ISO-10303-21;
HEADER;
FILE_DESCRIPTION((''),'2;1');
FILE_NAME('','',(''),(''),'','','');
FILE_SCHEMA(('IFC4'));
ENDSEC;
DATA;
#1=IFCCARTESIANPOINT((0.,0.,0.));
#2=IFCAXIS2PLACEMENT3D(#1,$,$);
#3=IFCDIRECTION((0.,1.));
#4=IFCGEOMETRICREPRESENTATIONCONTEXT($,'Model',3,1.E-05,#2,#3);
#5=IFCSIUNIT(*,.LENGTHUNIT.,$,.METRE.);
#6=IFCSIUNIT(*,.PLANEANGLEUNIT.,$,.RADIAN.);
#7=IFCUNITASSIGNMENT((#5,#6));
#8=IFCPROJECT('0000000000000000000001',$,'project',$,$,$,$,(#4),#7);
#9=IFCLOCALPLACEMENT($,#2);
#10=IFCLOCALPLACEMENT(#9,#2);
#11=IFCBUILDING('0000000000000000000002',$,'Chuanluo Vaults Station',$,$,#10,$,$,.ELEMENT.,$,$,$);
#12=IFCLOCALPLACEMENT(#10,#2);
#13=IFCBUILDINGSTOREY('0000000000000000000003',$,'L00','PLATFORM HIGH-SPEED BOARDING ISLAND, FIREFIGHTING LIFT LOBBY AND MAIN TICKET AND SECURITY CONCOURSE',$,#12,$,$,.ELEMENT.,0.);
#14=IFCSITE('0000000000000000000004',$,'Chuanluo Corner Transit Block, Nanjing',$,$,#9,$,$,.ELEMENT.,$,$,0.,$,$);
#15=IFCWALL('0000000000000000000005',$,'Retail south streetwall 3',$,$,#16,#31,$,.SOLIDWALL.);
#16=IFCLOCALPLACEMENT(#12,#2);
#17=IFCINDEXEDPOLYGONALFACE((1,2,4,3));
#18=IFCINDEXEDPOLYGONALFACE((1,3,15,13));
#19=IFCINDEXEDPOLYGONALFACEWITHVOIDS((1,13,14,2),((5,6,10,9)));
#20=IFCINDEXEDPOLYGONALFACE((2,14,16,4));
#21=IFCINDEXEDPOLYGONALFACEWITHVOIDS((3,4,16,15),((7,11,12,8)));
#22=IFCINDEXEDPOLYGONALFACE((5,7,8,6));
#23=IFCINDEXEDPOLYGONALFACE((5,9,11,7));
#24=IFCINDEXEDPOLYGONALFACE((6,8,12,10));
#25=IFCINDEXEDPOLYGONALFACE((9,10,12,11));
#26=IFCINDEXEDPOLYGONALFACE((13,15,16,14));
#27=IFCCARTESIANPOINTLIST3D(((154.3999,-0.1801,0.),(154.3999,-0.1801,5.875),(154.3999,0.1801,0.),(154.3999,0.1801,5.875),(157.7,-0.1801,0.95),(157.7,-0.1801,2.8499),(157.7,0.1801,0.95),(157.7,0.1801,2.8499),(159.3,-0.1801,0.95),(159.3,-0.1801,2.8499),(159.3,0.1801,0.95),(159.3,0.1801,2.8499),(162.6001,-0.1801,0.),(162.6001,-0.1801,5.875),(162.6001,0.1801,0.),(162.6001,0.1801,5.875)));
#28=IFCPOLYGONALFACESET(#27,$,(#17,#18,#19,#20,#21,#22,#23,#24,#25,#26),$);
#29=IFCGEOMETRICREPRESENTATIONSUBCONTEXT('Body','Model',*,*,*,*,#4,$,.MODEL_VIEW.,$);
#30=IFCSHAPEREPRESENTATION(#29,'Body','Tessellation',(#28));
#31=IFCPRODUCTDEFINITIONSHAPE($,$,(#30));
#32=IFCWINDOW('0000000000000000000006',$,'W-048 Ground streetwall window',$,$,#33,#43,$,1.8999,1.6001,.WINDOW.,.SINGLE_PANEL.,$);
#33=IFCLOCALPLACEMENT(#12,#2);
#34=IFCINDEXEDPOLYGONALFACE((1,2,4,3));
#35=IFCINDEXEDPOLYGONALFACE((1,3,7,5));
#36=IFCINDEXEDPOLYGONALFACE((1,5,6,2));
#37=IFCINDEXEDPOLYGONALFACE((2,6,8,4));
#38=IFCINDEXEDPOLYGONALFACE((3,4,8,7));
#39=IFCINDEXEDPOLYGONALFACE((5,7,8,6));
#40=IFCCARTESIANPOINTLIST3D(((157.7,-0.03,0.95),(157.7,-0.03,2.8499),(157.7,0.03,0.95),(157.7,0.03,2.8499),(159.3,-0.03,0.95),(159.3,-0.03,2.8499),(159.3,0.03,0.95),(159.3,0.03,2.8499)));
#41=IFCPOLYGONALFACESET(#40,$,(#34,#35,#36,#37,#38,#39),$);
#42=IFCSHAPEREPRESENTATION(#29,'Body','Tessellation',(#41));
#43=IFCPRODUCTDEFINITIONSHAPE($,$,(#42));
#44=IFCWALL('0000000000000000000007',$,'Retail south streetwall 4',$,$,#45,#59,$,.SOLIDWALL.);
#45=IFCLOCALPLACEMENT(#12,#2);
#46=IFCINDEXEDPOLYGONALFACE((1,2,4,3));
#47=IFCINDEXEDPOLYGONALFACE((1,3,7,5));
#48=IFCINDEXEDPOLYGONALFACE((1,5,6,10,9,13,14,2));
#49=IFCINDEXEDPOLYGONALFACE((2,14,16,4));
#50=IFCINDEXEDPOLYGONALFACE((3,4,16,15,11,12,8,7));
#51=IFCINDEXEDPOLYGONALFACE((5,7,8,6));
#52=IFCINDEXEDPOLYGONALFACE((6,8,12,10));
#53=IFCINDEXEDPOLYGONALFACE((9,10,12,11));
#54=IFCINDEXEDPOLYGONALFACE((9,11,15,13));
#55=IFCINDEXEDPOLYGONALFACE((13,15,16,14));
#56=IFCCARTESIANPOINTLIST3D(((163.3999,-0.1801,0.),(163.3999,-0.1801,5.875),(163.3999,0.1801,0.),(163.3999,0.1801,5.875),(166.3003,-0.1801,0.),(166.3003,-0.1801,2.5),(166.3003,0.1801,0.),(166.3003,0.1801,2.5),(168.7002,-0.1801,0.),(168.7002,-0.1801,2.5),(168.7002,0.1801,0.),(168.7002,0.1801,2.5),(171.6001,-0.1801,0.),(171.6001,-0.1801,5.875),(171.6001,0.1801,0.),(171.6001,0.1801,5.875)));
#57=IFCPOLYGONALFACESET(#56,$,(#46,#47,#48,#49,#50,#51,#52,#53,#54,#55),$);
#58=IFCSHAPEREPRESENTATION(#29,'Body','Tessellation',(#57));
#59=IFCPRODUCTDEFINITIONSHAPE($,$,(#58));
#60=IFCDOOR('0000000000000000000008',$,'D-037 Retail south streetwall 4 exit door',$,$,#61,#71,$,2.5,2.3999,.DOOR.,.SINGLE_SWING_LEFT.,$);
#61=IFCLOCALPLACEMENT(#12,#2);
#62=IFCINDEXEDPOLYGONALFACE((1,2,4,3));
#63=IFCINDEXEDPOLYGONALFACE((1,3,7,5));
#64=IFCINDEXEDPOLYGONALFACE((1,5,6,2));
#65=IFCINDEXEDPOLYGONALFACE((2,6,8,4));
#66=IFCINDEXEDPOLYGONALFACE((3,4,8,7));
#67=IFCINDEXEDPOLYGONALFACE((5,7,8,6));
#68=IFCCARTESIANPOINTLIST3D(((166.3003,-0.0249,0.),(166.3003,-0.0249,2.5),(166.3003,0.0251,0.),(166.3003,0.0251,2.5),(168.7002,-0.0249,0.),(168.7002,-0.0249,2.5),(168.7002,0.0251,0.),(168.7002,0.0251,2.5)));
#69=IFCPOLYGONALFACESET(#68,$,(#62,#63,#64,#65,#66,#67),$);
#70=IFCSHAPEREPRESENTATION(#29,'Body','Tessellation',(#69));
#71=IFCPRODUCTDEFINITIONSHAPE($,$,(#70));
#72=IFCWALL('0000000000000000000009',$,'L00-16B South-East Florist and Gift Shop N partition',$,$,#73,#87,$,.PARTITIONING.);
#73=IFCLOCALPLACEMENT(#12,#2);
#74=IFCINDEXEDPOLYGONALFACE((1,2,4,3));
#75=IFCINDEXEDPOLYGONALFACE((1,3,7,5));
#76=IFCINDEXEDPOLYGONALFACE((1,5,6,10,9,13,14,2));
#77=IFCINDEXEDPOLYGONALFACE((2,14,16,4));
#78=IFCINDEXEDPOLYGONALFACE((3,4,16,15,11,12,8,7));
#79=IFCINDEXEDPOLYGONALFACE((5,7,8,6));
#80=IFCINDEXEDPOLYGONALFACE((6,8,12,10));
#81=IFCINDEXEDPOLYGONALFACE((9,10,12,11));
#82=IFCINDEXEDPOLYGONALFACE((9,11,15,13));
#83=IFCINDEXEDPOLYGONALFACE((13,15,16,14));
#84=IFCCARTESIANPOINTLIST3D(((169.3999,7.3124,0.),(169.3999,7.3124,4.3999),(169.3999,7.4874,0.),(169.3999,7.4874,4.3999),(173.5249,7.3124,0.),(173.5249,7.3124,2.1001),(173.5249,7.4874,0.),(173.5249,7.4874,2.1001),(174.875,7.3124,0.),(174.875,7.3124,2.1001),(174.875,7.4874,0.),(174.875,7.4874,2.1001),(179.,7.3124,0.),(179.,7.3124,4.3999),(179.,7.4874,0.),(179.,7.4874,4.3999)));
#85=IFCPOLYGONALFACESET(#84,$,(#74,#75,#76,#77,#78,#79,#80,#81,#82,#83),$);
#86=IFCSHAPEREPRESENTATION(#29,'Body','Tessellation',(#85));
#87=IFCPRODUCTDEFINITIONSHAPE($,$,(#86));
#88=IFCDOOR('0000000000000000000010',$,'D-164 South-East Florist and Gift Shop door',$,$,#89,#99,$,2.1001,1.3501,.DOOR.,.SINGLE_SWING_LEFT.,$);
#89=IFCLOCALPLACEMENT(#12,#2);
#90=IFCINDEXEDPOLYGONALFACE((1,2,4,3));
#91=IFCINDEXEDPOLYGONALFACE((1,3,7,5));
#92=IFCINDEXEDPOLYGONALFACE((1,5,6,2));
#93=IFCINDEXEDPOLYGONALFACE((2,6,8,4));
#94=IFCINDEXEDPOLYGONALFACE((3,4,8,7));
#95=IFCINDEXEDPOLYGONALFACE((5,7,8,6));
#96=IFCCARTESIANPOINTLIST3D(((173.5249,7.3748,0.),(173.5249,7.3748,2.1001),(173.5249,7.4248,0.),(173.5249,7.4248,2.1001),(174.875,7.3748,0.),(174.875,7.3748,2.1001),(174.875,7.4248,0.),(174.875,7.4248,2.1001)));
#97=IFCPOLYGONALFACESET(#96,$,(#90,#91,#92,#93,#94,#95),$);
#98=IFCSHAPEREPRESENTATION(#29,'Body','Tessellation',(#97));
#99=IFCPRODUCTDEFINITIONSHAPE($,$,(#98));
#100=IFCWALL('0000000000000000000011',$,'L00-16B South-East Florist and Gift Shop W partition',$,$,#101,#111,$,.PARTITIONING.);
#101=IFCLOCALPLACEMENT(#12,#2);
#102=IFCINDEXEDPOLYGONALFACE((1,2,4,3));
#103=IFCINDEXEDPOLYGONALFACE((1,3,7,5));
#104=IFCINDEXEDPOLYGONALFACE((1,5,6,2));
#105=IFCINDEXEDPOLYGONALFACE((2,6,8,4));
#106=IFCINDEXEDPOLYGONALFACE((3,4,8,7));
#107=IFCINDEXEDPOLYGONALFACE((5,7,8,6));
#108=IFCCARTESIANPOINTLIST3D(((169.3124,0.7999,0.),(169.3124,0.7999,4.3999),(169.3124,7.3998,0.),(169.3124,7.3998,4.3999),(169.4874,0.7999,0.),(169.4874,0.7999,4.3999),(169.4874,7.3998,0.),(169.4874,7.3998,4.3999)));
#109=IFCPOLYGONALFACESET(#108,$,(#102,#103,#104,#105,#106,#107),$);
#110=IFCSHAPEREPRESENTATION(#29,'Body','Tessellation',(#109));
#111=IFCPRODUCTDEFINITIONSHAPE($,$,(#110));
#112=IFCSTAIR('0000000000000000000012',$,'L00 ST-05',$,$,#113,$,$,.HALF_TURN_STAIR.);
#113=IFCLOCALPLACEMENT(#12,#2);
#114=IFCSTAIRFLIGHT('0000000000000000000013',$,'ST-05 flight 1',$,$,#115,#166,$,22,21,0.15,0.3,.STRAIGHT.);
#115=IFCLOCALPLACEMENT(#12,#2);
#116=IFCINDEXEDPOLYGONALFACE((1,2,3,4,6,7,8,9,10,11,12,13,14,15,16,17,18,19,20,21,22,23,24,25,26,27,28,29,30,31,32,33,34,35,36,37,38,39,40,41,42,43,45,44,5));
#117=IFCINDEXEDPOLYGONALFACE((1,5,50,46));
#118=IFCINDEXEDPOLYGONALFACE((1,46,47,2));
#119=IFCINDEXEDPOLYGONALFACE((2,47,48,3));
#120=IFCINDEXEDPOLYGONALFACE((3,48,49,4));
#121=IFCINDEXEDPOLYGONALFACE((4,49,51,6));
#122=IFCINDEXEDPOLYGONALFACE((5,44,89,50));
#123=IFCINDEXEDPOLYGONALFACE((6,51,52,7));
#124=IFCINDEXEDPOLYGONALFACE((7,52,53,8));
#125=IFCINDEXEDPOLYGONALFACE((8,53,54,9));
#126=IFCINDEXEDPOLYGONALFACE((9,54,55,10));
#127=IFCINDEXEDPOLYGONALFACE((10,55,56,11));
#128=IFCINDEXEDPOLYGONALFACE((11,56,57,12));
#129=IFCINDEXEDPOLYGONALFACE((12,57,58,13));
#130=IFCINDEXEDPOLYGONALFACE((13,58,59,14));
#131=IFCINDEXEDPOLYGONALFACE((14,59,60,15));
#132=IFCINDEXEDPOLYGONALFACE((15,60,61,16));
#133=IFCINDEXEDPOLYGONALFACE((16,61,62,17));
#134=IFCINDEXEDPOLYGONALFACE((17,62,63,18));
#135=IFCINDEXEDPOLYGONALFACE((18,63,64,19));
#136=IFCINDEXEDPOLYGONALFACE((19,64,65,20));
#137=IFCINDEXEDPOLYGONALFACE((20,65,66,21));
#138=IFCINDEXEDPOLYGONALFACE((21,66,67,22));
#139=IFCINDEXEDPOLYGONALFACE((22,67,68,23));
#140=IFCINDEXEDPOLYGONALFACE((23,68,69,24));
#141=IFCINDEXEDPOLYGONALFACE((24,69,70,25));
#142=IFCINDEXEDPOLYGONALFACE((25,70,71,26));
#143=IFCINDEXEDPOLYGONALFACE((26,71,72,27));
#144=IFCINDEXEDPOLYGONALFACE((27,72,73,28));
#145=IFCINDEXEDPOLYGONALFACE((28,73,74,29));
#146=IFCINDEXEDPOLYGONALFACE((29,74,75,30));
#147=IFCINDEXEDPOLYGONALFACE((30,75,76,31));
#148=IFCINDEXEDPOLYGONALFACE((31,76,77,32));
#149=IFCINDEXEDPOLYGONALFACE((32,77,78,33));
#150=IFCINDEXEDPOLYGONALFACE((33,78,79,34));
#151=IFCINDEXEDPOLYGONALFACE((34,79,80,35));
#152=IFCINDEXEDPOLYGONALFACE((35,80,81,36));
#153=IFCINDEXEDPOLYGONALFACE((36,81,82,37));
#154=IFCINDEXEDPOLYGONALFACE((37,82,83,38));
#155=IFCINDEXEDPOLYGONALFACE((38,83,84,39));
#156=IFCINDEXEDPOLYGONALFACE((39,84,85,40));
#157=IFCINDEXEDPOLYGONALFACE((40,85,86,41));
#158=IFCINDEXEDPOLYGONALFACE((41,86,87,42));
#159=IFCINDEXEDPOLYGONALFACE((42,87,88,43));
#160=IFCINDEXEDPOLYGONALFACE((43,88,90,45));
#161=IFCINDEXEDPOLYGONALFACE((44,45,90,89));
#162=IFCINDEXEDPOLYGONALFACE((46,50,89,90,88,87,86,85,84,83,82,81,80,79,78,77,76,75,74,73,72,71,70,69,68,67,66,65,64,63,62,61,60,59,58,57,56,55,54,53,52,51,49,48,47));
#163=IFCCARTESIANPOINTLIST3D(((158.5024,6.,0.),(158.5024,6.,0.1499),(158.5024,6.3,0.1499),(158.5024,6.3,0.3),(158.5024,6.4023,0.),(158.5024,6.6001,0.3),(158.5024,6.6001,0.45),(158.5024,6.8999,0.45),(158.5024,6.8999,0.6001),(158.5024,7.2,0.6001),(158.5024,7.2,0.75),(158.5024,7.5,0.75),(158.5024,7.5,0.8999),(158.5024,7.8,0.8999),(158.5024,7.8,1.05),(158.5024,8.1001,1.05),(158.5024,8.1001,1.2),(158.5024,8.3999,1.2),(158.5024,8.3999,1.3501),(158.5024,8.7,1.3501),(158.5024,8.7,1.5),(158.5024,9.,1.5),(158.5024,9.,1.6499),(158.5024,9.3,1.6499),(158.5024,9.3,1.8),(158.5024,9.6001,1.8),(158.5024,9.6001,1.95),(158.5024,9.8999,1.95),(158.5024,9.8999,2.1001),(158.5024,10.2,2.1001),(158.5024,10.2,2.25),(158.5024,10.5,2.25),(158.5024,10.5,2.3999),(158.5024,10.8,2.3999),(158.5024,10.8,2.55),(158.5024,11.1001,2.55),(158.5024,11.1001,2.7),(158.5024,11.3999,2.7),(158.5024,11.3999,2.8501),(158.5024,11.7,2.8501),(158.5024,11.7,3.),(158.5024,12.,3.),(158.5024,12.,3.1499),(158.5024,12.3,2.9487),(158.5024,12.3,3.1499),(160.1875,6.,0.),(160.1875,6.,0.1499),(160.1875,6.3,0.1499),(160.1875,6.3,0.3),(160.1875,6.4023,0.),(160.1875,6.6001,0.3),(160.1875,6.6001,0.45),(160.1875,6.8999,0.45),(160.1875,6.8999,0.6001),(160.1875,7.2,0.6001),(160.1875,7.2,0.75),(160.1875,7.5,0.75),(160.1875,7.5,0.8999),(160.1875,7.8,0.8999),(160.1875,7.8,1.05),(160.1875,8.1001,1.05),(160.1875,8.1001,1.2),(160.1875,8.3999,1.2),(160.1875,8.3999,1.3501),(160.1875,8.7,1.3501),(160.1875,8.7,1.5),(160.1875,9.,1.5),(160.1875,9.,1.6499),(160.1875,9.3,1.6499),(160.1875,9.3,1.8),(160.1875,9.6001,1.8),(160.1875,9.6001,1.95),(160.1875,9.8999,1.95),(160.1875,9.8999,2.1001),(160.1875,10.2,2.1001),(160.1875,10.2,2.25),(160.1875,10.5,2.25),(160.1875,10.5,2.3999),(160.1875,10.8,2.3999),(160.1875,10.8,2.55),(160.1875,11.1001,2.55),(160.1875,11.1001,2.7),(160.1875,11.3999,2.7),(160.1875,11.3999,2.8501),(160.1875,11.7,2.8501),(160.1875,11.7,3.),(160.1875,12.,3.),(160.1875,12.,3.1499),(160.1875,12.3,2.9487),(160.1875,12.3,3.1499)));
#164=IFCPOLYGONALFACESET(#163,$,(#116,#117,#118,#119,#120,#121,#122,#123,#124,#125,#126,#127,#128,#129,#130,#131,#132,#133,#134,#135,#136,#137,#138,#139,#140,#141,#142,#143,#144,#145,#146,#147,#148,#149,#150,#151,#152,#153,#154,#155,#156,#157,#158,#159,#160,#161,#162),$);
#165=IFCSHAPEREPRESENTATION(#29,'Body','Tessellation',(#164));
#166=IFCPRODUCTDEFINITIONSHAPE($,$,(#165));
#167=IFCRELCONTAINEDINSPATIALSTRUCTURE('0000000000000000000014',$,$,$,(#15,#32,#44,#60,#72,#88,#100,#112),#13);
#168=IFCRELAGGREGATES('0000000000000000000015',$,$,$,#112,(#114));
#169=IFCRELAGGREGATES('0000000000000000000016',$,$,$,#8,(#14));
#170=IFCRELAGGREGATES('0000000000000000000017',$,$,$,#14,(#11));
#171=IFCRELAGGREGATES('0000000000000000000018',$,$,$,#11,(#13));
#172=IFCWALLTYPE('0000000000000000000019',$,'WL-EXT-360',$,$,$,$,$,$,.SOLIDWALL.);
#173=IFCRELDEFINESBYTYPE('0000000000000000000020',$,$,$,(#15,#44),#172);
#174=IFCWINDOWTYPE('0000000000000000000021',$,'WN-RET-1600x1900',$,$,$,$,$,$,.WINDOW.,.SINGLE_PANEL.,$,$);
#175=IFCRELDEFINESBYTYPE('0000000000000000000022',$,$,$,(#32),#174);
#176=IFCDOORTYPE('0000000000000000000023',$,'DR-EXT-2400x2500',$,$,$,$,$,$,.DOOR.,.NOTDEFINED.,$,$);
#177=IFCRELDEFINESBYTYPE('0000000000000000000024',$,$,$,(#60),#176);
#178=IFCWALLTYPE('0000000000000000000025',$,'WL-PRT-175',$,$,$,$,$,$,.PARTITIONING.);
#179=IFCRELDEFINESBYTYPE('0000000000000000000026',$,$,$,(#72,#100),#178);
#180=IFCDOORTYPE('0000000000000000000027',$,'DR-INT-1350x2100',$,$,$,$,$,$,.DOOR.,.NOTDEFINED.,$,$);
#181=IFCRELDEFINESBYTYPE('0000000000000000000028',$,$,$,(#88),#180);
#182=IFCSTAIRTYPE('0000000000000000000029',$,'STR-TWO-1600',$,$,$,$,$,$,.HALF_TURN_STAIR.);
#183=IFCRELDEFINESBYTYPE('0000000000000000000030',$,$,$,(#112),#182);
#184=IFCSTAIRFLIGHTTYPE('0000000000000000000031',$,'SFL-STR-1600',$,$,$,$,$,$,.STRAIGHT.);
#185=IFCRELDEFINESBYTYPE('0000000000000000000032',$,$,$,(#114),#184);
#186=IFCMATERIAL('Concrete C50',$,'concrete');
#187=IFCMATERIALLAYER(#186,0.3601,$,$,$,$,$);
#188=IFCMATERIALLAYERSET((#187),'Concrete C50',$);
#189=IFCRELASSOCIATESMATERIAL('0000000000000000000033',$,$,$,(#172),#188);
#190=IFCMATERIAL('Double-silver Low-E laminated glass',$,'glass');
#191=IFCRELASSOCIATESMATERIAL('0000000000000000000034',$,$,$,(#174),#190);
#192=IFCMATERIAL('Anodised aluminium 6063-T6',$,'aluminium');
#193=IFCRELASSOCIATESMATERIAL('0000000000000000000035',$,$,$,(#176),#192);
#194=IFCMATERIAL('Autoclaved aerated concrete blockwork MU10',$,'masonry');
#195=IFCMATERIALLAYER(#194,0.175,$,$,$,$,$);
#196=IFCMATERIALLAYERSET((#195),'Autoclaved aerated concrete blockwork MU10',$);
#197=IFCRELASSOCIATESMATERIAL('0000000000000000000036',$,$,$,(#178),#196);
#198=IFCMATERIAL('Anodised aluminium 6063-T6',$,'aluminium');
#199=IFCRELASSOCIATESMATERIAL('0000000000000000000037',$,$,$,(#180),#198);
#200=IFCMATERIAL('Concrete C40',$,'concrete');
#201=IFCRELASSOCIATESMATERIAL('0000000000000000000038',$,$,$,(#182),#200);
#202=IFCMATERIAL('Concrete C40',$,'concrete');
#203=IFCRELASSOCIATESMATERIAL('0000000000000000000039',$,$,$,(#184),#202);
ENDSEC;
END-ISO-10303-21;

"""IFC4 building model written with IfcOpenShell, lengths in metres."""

from ifc_helpers import new_model, si_unit, direction, frame, frame_2d, origin, place, context, subcontext, project, spatial, polyline, rectangle, outline, extrude, material, layer, layer_set, type_object, element, fill, aggregate, save


model = new_model("IFC4")

# Units and contexts
model_context = context("Model", 3, precision=1e-05, world=origin(), true_north=direction((0.0, 1.0)))
body_context = subcontext(model_context, "Body", "Model", "MODEL_VIEW")
ifc_project = project(units=[si_unit("LENGTHUNIT", "METRE"), si_unit("PLANEANGLEUNIT", "RADIAN")], contexts=[model_context])

# Site, building, storey
site_placement = place(None, origin())
site = spatial("IfcSite", under=ifc_project, at=site_placement, Name="Chuanluo Corner Transit Block, Nanjing", CompositionType="ELEMENT", RefElevation=0.0)
building_placement = place(site_placement, origin())
building = spatial("IfcBuilding", under=site, at=building_placement, Name="Chuanluo Vaults Station", CompositionType="ELEMENT")
storey_placement = place(building_placement, origin())
storey = spatial("IfcBuildingStorey", under=building, at=storey_placement, Name="L00", Description="PLATFORM HIGH-SPEED BOARDING ISLAND, FIREFIGHTING LIFT LOBBY AND MAIN TICKET AND SECURITY CONCOURSE", CompositionType="ELEMENT", Elevation=0.0)

# Wall, opening, window
ifc_material_1 = material(Name="Concrete C50", Category="concrete")
ifc_layer_1 = layer(ifc_material_1, 0.3601)
ifc_layer_set_1 = layer_set([ifc_layer_1], Name="Concrete C50")
wall_type_1 = type_object("IfcWallType", Name="WL-EXT-360", PredefinedType="SOLIDWALL", material=ifc_layer_set_1)
wall_1_placement = place(storey_placement, frame((162.6001, 0.0, 0.0), z_axis=(0.0, 0.0, 1.0), x_axis=(-1.0, 0.0, 0.0)))
wall_1 = element("IfcWall", 1, at=wall_1_placement, inside=storey, type_object=wall_type_1, Name="Retail south streetwall 3", PredefinedType="SOLIDWALL", context=body_context, shape_type="SweptSolid", body=[
    extrude(rectangle(XDim=8.2002, YDim=0.3601, at=frame_2d((4.1001, 0.0))), origin(), (0.0, 0.0, 1.0), 5.875),
])
opening_1_placement = place(wall_1_placement, frame((3.3, 0.0, 0.95)))
opening_1 = element("IfcOpeningElement", 2, at=opening_1_placement, cuts=wall_1, PredefinedType="OPENING", context=body_context, shape_type="SweptSolid", body=[
    extrude(rectangle(XDim=1.6001, YDim=1.8999, at=frame_2d((0.8, 0.95))), frame((0.0, 0.1902, 0.0), z_axis=(0.0, -1.0, 0.0), x_axis=(1.0, 0.0, 0.0)), (0.0, 0.0, 1.0), 0.3801),
])
ifc_material_2 = material(Name="Double-silver Low-E laminated glass", Category="glass")
window_type = type_object("IfcWindowType", Name="WN-RET-1600x1900", PartitioningType="SINGLE_PANEL", PredefinedType="WINDOW", material=ifc_material_2)
window_placement = place(opening_1_placement, origin())
window = element("IfcWindow", 3, at=window_placement, inside=storey, type_object=window_type, Name="W-048 Ground streetwall window", OverallHeight=1.8999, OverallWidth=1.6001, PartitioningType="SINGLE_PANEL", PredefinedType="WINDOW", context=body_context, shape_type="SweptSolid", body=[
    extrude(rectangle(XDim=1.6001, YDim=1.8999, at=frame_2d((0.8, 0.95))), frame((0.0, 0.03, 0.0), z_axis=(0.0, -1.0, 0.0), x_axis=(1.0, 0.0, 0.0)), (0.0, 0.0, 1.0), 0.0601),
])
fill(opening_1, window)

# Walls, openings, doors
wall_2_placement = place(storey_placement, frame((171.6001, 0.0, 0.0), z_axis=(0.0, 0.0, 1.0), x_axis=(-1.0, 0.0, 0.0)))
wall_2 = element("IfcWall", 4, at=wall_2_placement, inside=storey, type_object=wall_type_1, Name="Retail south streetwall 4", PredefinedType="SOLIDWALL", context=body_context, shape_type="SweptSolid", body=[
    extrude(rectangle(XDim=8.2002, YDim=0.3601, at=frame_2d((4.1001, 0.0))), origin(), (0.0, 0.0, 1.0), 5.875),
])
opening_2_placement = place(wall_2_placement, frame((2.8999, 0.0, 0.0)))
opening_2 = element("IfcOpeningElement", 5, at=opening_2_placement, cuts=wall_2, PredefinedType="OPENING", context=body_context, shape_type="SweptSolid", body=[
    extrude(rectangle(XDim=2.3999, YDim=2.5, at=frame_2d((1.2, 1.25))), frame((0.0, 0.1902, 0.0), z_axis=(0.0, -1.0, 0.0), x_axis=(1.0, 0.0, 0.0)), (0.0, 0.0, 1.0), 0.3801),
])
ifc_material_3 = material(Name="Anodised aluminium 6063-T6", Category="aluminium")
door_type_1 = type_object("IfcDoorType", Name="DR-EXT-2400x2500", OperationType="NOTDEFINED", PredefinedType="DOOR", material=ifc_material_3)
door_1_placement = place(opening_2_placement, origin())
door_1 = element("IfcDoor", 6, at=door_1_placement, inside=storey, type_object=door_type_1, Name="D-037 Retail south streetwall 4 exit door", OperationType="SINGLE_SWING_LEFT", OverallHeight=2.5, OverallWidth=2.3999, PredefinedType="DOOR", context=body_context, shape_type="SweptSolid", body=[
    extrude(rectangle(XDim=2.3999, YDim=2.5, at=frame_2d((1.2, 1.25))), frame((0.0, 0.0249, 0.0), z_axis=(0.0, -1.0, 0.0), x_axis=(1.0, 0.0, 0.0)), (0.0, 0.0, 1.0), 0.05),
])
fill(opening_2, door_1)
ifc_material_4 = material(Name="Autoclaved aerated concrete blockwork MU10", Category="masonry")
ifc_layer_2 = layer(ifc_material_4, 0.175)
ifc_layer_set_2 = layer_set([ifc_layer_2], Name="Autoclaved aerated concrete blockwork MU10")
wall_type_2 = type_object("IfcWallType", Name="WL-PRT-175", PredefinedType="PARTITIONING", material=ifc_layer_set_2)
wall_3_placement = place(storey_placement, frame((169.3999, 7.3999, 0.0), z_axis=(0.0, 0.0, 1.0), x_axis=(1.0, 0.0, 0.0)))
wall_3 = element("IfcWall", 7, at=wall_3_placement, inside=storey, type_object=wall_type_2, Name="L00-16B South-East Florist and Gift Shop N partition", PredefinedType="PARTITIONING", context=body_context, shape_type="SweptSolid", body=[
    extrude(rectangle(XDim=9.6001, YDim=0.175, at=frame_2d((4.8, 0.0))), origin(), (0.0, 0.0, 1.0), 4.3999),
])
opening_3_placement = place(wall_3_placement, frame((4.125, 0.0, 0.0)))
opening_3 = element("IfcOpeningElement", 8, at=opening_3_placement, cuts=wall_3, PredefinedType="OPENING", context=body_context, shape_type="SweptSolid", body=[
    extrude(rectangle(XDim=1.3501, YDim=2.1001, at=frame_2d((0.675, 1.05))), frame((0.0, 0.0974, 0.0), z_axis=(0.0, -1.0, 0.0), x_axis=(1.0, 0.0, 0.0)), (0.0, 0.0, 1.0), 0.1951),
])
ifc_material_5 = material(Name="Anodised aluminium 6063-T6", Category="aluminium")
door_type_2 = type_object("IfcDoorType", Name="DR-INT-1350x2100", OperationType="NOTDEFINED", PredefinedType="DOOR", material=ifc_material_5)
door_2_placement = place(opening_3_placement, origin())
door_2 = element("IfcDoor", 9, at=door_2_placement, inside=storey, type_object=door_type_2, Name="D-164 South-East Florist and Gift Shop door", OperationType="SINGLE_SWING_LEFT", OverallHeight=2.1001, OverallWidth=1.3501, PredefinedType="DOOR", context=body_context, shape_type="SweptSolid", body=[
    extrude(rectangle(XDim=1.3501, YDim=2.1001, at=frame_2d((0.675, 1.05))), frame((0.0, 0.0249, 0.0), z_axis=(0.0, -1.0, 0.0), x_axis=(1.0, 0.0, 0.0)), (0.0, 0.0, 1.0), 0.05),
])
fill(opening_3, door_2)

# Wall
wall_4_placement = place(storey_placement, frame((169.3999, 0.8, 0.0), z_axis=(0.0, 0.0, 1.0), x_axis=(0.0, 1.0, 0.0)))
element("IfcWall", 10, at=wall_4_placement, inside=storey, type_object=wall_type_2, Name="L00-16B South-East Florist and Gift Shop W partition", PredefinedType="PARTITIONING", context=body_context, shape_type="SweptSolid", body=[
    extrude(rectangle(XDim=6.5999, YDim=0.175, at=frame_2d((3.2998, 0.0))), origin(), (0.0, 0.0, 1.0), 4.3999),
])

# Stair, stair flight
ifc_material_6 = material(Name="Concrete C40", Category="concrete")
stair_type = type_object("IfcStairType", Name="STR-TWO-1600", PredefinedType="HALF_TURN_STAIR", material=ifc_material_6)
stair_placement = place(storey_placement, origin())
stair = element("IfcStair", 11, at=stair_placement, inside=storey, type_object=stair_type, Name="L00 ST-05", PredefinedType="HALF_TURN_STAIR")
ifc_material_7 = material(Name="Concrete C40", Category="concrete")
stair_flight_type = type_object("IfcStairFlightType", Name="SFL-STR-1600", PredefinedType="STRAIGHT", material=ifc_material_7)
stair_flight_placement = place(storey_placement, frame((159.345, 6.0, 0.0), z_axis=(0.0, 0.0, 1.0), x_axis=(0.0, 1.0, 0.0)))
stair_flight = element("IfcStairFlight", 12, at=stair_flight_placement, type_object=stair_flight_type, Name="ST-05 flight 1", NumberOfRisers=22, NumberOfTreads=21, PredefinedType="STRAIGHT", RiserHeight=0.15, TreadLength=0.3, context=body_context, shape_type="SweptSolid", body=[
    extrude(outline(polyline([(0.0, 0.0), (0.0, 0.1499), (0.3, 0.1499), (0.3, 0.3), (0.6001, 0.3), (0.6001, 0.45), (0.8999, 0.45), (0.8999, 0.6001), (1.2, 0.6001), (1.2, 0.75), (1.5, 0.75), (1.5, 0.8999), (1.8, 0.8999), (1.8, 1.05), (2.1001, 1.05), (2.1001, 1.2), (2.3999, 1.2), (2.3999, 1.3501), (2.7, 1.3501), (2.7, 1.5), (3.0, 1.5), (3.0, 1.6499), (3.3, 1.6499), (3.3, 1.8), (3.6001, 1.8), (3.6001, 1.95), (3.8999, 1.95), (3.8999, 2.1001), (4.2, 2.1001), (4.2, 2.25), (4.5, 2.25), (4.5, 2.3999), (4.8, 2.3999), (4.8, 2.55), (5.1001, 2.55), (5.1001, 2.7), (5.3999, 2.7), (5.3999, 2.8501), (5.7, 2.8501), (5.7, 3.0), (6.0, 3.0), (6.0, 3.1499), (6.3, 3.1499), (6.3, 3.3), (6.3, 2.9487), (0.4023, 0.0), (0.0, 0.0)])), frame((0.0, 0.8425, 0.0), z_axis=(0.0, -1.0, 0.0), x_axis=(1.0, 0.0, 0.0)), (0.0, 0.0, 1.0), 1.6851),
])
aggregate(stair, [stair_flight])

save(model, "model.ifc")
